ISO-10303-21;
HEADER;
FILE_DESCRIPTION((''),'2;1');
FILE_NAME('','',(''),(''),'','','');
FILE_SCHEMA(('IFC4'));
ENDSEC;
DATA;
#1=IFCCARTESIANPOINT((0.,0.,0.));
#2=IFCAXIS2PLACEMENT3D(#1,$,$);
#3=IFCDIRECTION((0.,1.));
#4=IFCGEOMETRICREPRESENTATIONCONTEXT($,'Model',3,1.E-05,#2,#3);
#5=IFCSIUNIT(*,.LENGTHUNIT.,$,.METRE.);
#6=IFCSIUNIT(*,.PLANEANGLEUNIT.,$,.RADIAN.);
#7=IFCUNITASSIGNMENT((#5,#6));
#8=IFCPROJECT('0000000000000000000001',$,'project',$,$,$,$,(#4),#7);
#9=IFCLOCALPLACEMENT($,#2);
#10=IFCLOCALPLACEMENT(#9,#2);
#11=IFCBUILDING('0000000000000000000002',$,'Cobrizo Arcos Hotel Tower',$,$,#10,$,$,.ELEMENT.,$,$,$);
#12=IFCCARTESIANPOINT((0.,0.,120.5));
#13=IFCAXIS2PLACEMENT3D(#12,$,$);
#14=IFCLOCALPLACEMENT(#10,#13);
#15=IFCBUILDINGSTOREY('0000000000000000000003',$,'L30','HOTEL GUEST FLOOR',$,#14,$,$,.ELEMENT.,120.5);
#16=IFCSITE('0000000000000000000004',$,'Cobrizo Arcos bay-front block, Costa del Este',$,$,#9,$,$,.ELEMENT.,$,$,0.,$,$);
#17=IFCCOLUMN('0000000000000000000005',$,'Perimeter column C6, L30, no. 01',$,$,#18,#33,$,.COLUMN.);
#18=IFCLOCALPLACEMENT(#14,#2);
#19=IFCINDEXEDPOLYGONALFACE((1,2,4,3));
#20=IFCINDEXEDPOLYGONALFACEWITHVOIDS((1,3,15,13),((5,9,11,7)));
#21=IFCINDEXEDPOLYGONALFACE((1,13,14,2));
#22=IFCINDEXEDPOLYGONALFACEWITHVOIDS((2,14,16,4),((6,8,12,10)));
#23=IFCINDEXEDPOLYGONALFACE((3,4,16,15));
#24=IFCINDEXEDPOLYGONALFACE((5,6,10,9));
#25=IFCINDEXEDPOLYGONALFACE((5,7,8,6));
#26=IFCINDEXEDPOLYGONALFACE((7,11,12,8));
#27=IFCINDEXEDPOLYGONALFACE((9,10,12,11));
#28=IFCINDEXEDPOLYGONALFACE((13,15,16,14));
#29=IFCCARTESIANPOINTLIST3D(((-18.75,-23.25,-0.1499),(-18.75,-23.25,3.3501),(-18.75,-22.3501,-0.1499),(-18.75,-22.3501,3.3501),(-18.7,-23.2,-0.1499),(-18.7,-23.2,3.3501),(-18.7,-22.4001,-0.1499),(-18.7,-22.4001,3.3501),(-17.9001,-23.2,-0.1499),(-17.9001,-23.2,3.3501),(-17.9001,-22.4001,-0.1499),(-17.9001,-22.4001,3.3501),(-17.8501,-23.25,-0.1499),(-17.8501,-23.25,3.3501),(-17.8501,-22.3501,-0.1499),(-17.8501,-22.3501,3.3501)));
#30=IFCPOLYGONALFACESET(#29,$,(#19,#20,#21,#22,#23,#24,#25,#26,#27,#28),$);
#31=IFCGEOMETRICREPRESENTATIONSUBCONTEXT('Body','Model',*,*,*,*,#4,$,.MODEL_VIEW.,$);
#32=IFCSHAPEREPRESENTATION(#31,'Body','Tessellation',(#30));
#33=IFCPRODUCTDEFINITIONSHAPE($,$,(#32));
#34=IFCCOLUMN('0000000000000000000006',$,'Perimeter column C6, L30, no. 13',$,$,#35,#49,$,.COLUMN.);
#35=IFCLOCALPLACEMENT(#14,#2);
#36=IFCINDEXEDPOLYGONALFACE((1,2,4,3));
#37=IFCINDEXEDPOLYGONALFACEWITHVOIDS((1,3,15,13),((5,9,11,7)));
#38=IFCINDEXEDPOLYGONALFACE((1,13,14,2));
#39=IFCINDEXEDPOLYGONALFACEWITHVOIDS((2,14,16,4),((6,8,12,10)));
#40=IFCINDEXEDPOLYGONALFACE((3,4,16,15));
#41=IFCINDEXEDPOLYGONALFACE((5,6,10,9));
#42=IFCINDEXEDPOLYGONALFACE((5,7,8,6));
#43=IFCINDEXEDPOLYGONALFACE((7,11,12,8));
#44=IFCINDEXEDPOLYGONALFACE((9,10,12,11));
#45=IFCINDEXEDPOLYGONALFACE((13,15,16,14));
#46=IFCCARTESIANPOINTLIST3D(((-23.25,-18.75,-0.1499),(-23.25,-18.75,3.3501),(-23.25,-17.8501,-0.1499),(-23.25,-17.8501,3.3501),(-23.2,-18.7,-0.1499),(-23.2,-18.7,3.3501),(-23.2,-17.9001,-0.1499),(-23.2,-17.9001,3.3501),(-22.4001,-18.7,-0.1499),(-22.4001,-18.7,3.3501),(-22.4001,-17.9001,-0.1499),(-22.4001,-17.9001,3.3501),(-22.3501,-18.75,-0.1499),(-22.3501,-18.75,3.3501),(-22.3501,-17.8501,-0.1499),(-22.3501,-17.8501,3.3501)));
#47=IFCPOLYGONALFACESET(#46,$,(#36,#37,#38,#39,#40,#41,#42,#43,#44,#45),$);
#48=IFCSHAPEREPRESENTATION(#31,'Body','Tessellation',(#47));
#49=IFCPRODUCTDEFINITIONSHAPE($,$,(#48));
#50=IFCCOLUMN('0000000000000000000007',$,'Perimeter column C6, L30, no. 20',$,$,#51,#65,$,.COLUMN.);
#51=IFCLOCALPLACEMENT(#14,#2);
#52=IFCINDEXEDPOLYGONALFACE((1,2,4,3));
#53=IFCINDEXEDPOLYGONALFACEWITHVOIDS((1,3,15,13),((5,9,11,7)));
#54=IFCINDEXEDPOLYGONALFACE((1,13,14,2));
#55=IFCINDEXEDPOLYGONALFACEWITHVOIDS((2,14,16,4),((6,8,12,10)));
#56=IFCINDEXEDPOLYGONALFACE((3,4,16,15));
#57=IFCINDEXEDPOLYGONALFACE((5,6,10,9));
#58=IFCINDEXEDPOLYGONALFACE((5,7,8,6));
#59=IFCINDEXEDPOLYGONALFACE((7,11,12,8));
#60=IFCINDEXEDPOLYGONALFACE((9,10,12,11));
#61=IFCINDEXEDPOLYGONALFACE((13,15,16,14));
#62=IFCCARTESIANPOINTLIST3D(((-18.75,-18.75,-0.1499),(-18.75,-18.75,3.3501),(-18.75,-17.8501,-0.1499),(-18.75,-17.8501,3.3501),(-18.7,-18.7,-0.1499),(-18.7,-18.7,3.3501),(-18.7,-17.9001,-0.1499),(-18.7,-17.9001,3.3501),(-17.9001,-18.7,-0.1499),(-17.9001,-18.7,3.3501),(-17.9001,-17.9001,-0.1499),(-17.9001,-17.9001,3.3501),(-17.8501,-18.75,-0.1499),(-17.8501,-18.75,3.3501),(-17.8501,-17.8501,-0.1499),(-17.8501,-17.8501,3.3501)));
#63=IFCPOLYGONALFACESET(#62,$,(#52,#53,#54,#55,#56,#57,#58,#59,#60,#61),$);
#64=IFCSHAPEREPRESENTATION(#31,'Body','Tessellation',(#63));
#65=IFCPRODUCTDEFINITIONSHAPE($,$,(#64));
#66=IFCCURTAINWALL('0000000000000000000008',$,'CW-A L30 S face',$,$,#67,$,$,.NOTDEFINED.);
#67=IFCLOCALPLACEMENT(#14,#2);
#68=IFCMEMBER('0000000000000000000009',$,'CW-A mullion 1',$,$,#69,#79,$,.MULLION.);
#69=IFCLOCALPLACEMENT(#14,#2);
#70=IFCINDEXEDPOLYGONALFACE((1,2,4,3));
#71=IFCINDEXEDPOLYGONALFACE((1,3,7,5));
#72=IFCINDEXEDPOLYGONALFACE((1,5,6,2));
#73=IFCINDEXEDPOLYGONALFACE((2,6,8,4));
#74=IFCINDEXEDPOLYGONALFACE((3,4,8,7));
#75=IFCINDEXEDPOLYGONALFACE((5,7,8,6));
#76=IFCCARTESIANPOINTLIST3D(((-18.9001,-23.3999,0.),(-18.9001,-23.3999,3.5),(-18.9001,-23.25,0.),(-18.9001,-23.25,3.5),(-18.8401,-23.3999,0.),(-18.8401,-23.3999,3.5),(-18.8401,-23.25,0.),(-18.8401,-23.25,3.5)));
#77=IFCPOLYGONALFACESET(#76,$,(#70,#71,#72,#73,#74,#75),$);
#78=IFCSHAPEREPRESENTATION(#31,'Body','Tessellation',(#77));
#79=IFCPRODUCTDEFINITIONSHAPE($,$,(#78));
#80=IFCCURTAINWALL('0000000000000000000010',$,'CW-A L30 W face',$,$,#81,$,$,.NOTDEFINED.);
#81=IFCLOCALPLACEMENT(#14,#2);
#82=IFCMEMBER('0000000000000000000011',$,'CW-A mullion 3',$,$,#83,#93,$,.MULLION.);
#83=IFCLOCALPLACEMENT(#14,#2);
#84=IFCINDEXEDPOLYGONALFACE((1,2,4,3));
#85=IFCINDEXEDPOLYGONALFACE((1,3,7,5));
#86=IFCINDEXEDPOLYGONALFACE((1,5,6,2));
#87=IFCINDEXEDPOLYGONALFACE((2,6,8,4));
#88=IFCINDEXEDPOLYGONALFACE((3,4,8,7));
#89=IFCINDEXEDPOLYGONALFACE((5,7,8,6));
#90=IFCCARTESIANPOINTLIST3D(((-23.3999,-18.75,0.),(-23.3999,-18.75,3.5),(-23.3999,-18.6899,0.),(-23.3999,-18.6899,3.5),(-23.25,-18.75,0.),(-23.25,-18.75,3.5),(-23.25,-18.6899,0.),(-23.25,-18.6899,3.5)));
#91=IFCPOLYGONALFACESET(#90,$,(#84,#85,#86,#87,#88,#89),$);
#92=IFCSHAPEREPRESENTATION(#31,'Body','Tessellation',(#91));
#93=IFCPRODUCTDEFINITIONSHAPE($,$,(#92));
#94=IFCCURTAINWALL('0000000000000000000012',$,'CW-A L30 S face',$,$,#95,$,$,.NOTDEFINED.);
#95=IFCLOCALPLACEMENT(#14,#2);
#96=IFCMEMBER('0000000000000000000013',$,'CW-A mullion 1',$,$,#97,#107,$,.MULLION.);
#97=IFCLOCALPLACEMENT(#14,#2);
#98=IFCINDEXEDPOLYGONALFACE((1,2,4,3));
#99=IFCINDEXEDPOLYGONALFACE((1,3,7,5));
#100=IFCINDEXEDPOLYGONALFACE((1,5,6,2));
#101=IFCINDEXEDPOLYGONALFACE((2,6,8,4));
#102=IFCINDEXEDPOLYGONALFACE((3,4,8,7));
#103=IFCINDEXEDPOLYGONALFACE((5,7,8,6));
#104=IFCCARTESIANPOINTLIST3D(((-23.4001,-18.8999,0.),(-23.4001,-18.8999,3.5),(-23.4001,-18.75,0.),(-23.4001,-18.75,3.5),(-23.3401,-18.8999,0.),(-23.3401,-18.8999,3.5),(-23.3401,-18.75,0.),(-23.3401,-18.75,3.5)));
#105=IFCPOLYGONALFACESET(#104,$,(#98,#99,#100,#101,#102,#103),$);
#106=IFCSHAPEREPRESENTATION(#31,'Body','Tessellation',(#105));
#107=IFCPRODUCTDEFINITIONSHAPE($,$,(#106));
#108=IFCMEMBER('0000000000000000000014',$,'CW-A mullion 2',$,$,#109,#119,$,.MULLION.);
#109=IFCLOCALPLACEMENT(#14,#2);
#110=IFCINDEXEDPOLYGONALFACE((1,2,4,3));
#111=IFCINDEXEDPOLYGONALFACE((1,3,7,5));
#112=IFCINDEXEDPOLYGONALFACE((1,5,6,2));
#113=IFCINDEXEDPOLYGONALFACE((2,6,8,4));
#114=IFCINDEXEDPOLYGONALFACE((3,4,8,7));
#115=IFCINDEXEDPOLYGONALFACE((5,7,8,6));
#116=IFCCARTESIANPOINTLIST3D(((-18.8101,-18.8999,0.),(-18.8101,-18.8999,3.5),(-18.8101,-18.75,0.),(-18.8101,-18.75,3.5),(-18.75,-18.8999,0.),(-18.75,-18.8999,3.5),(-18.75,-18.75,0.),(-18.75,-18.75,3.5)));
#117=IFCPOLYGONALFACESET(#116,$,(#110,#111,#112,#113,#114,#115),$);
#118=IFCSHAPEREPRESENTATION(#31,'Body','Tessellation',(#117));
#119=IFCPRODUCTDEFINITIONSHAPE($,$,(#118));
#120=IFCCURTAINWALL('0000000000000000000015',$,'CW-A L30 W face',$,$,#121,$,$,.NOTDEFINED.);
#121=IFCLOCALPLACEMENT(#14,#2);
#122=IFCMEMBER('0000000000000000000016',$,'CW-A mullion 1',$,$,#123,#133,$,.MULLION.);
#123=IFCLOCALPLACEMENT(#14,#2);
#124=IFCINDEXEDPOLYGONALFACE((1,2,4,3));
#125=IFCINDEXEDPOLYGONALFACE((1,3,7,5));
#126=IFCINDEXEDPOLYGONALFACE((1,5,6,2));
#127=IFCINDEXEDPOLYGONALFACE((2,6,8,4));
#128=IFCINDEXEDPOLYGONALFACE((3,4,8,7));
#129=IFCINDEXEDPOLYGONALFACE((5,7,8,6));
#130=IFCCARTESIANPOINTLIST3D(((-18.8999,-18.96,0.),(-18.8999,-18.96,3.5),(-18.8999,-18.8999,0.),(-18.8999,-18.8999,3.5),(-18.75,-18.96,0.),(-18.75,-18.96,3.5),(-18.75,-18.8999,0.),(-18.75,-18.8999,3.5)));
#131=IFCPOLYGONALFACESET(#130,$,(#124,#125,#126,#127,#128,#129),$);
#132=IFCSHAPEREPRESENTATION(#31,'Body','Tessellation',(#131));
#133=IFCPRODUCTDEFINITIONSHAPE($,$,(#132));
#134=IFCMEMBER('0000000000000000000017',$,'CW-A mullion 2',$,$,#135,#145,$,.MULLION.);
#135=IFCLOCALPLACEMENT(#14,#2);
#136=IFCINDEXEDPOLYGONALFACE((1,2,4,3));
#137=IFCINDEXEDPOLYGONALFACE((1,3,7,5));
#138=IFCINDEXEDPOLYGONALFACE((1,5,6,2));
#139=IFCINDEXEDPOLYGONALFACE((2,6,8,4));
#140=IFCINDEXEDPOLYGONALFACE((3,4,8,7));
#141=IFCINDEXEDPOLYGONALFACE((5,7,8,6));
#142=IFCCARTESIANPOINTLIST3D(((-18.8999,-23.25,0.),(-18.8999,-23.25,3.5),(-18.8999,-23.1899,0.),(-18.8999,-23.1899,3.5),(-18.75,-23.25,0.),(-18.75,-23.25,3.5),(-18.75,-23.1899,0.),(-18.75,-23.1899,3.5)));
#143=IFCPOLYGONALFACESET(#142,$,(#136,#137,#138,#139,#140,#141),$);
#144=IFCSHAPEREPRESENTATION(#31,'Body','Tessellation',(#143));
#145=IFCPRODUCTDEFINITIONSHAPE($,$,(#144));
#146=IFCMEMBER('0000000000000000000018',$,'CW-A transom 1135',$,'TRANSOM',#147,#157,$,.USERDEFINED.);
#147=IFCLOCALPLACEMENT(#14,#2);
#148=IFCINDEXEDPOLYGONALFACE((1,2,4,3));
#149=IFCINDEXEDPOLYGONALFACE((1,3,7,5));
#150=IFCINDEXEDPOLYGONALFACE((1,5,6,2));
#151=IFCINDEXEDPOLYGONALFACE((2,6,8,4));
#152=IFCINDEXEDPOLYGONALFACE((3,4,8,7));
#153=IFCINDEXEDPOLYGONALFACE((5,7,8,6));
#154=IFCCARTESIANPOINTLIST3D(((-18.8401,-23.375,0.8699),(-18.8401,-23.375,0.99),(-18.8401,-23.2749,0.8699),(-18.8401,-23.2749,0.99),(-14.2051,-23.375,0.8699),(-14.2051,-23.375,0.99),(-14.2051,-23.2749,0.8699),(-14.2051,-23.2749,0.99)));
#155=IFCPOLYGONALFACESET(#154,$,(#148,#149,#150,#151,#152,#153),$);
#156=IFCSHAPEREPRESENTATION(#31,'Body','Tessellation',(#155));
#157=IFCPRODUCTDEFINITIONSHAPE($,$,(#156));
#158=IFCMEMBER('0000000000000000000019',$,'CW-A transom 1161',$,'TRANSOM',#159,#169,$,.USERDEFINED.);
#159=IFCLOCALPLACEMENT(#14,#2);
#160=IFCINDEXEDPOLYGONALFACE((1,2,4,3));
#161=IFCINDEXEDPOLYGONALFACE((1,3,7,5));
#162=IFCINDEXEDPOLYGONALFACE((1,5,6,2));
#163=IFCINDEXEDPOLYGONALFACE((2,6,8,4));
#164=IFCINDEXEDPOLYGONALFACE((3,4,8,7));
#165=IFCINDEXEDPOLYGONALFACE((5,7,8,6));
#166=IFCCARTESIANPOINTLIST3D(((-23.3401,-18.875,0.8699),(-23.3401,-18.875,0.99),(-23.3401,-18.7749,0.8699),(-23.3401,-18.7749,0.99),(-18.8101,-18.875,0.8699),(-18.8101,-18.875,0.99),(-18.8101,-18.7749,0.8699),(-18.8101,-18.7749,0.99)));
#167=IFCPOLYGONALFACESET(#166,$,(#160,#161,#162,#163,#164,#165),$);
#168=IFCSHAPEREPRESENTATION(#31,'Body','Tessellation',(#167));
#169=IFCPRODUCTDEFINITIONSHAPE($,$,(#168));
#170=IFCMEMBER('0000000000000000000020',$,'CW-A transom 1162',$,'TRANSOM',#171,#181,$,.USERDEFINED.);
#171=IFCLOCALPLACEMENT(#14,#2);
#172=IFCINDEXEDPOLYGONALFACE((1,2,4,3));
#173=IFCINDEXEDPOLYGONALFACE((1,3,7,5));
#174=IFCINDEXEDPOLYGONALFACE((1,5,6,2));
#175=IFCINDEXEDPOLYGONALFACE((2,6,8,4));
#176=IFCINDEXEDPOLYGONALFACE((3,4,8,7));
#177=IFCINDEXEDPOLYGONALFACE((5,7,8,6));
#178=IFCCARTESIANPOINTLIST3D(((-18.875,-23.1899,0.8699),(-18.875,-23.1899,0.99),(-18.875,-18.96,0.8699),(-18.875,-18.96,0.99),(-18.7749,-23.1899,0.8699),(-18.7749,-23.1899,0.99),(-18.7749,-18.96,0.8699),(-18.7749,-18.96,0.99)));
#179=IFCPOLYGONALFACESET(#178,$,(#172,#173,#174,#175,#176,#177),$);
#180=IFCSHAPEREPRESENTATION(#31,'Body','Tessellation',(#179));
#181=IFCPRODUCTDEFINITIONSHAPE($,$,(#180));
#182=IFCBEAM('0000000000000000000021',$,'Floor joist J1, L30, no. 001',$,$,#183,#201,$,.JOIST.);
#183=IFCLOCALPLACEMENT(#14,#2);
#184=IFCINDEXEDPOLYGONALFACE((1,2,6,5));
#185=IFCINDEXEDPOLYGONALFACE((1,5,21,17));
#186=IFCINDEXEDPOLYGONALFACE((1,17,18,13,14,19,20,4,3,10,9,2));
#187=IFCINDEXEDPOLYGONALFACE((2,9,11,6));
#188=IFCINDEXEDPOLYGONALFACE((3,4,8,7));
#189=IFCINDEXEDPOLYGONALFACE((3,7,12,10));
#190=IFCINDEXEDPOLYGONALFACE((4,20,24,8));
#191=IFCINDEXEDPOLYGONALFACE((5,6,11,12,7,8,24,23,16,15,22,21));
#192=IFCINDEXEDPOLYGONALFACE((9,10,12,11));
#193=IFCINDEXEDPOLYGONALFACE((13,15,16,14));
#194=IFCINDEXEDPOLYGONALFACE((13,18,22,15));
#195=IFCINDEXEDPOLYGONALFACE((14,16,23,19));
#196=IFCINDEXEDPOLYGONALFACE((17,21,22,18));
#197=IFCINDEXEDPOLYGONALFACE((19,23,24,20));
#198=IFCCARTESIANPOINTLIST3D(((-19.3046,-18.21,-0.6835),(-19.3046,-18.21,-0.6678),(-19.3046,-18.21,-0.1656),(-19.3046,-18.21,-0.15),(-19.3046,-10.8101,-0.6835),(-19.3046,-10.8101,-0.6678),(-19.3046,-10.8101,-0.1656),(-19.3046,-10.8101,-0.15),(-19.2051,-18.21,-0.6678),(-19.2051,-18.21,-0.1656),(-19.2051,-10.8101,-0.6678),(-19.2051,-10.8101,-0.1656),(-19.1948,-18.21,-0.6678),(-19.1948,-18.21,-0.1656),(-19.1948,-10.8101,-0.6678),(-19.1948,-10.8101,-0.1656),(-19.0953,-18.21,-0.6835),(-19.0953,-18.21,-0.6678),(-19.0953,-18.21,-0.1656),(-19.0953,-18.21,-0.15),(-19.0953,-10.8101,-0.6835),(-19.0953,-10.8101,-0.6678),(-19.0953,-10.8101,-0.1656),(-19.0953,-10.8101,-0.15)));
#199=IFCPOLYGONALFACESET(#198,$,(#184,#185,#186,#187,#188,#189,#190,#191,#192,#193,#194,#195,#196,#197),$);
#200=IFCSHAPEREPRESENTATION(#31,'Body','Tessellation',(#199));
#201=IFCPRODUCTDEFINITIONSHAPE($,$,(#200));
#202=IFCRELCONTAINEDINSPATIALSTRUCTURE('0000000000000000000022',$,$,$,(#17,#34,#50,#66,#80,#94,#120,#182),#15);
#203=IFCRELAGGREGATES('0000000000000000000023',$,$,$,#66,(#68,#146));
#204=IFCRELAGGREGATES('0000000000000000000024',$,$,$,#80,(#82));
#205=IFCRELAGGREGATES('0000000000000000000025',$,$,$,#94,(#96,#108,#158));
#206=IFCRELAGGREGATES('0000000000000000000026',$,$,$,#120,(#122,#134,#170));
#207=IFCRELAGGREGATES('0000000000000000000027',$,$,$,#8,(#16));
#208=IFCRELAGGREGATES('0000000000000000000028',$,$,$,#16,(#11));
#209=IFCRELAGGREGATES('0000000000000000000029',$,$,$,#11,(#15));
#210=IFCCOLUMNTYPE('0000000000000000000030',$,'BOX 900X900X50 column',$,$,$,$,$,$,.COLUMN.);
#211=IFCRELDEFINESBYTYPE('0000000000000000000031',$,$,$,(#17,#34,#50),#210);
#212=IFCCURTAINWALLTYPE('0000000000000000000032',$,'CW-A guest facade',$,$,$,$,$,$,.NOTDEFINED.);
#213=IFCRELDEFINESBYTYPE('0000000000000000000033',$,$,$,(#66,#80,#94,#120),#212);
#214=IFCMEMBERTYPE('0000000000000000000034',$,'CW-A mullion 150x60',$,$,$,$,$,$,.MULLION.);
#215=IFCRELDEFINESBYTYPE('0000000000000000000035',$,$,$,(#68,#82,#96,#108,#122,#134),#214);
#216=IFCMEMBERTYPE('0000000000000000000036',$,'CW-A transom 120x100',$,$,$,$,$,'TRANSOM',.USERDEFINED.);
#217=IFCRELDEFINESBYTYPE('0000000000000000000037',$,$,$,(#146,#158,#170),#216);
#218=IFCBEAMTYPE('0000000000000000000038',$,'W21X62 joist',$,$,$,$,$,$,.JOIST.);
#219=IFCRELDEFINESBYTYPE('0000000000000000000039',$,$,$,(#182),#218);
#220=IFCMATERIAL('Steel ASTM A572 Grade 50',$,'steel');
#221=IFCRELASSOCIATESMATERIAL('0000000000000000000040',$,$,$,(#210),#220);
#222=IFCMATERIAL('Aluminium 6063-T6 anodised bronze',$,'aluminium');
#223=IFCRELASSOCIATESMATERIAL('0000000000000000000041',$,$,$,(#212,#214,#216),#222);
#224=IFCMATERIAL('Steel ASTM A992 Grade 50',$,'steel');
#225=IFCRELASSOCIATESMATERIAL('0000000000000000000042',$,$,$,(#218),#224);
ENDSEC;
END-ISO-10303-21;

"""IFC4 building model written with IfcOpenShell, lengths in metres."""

from ifc_helpers import new_model, si_unit, direction, frame, origin, origin_2d, place, context, subcontext, project, spatial, rectangle, hollow_rectangle, i_section, extrude, material, material_profile, profile_set, type_object, element, aggregate, save


model = new_model("IFC4")

# Units and contexts
model_context = context("Model", 3, precision=1e-05, world=origin(), true_north=direction((0.0, 1.0)))
body_context = subcontext(model_context, "Body", "Model", "MODEL_VIEW")
ifc_project = project(units=[si_unit("LENGTHUNIT", "METRE"), si_unit("PLANEANGLEUNIT", "RADIAN")], contexts=[model_context])

# Site, building, storey
site_placement = place(None, origin())
site = spatial("IfcSite", under=ifc_project, at=site_placement, Name="Cobrizo Arcos bay-front block, Costa del Este", CompositionType="ELEMENT", RefElevation=0.0)
building_placement = place(site_placement, origin())
building = spatial("IfcBuilding", under=site, at=building_placement, Name="Cobrizo Arcos Hotel Tower", CompositionType="ELEMENT")
storey_placement = place(building_placement, frame((0.0, 0.0, 120.5)))
storey = spatial("IfcBuildingStorey", under=building, at=storey_placement, Name="L30", Description="HOTEL GUEST FLOOR", CompositionType="ELEMENT", Elevation=120.5)

# Columns
ifc_material_1 = material(Name="Steel ASTM A572 Grade 50", Category="steel")
ifc_material_profile_1 = material_profile(ifc_material_1, hollow_rectangle(XDim=0.8999, YDim=0.8999, WallThickness=0.05, at=origin_2d()), Name="BOX 900X900X50")
ifc_profile_set_1 = profile_set([ifc_material_profile_1], Name="Steel ASTM A572 Grade 50")
column_type = type_object("IfcColumnType", Name="BOX 900X900X50 column", PredefinedType="COLUMN", material=ifc_profile_set_1)
for number, where, z_axis, x_axis, name in (
    (1, (-18.3, -22.8, -0.1499), (0.0, 0.0, 1.0), (1.0, 0.0, 0.0), "Perimeter column C6, L30, no. 01"),
    (2, (-22.8, -18.3, -0.1499), (0.0, 0.0, 1.0), (1.0, 0.0, 0.0), "Perimeter column C6, L30, no. 13"),
    (3, (-18.3, -18.3, -0.1499), (0.0, 0.0, 1.0), (1.0, 0.0, 0.0), "Perimeter column C6, L30, no. 20"),
):
    element("IfcColumn", number, at=place(storey_placement, frame(where, z_axis=z_axis, x_axis=x_axis)), inside=storey, type_object=column_type, Name=name, PredefinedType="COLUMN", context=body_context, shape_type="SweptSolid", body=[
        extrude(hollow_rectangle(XDim=0.8999, YDim=0.8999, WallThickness=0.05, at=origin_2d()), origin(), (0.0, 0.0, 1.0), 3.5),
    ])

# Curtain walls, members
ifc_material_2 = material(Name="Aluminium 6063-T6 anodised bronze", Category="aluminium")
curtain_wall_type = type_object("IfcCurtainWallType", Name="CW-A guest facade", PredefinedType="NOTDEFINED", material=ifc_material_2)
curtain_wall_1_placement = place(storey_placement, origin())
curtain_wall_1 = element("IfcCurtainWall", 4, at=curtain_wall_1_placement, inside=storey, type_object=curtain_wall_type, Name="CW-A L30 S face", PredefinedType="NOTDEFINED")
ifc_material_profile_2 = material_profile(ifc_material_2, rectangle(XDim=0.1499, YDim=0.0601, at=origin_2d()), Name="CW-A mullion 150x60")
ifc_profile_set_2 = profile_set([ifc_material_profile_2], Name="Aluminium 6063-T6 anodised bronze")
member_type_1 = type_object("IfcMemberType", Name="CW-A mullion 150x60", PredefinedType="MULLION", material=ifc_profile_set_2)
member_1_placement = place(storey_placement, frame((-18.8701, -23.325, 0.0), z_axis=(0.0, 0.0, 1.0), x_axis=(0.0, -1.0, 0.0)))
member_1 = element("IfcMember", 5, at=member_1_placement, type_object=member_type_1, Name="CW-A mullion 1", PredefinedType="MULLION", context=body_context, shape_type="SweptSolid", body=[
    extrude(rectangle(XDim=0.1499, YDim=0.0601, at=origin_2d()), origin(), (0.0, 0.0, 1.0), 3.5),
])
curtain_wall_2_placement = place(storey_placement, origin())
curtain_wall_2 = element("IfcCurtainWall", 6, at=curtain_wall_2_placement, inside=storey, type_object=curtain_wall_type, Name="CW-A L30 W face", PredefinedType="NOTDEFINED")
member_2_placement = place(storey_placement, frame((-23.325, -18.72, 0.0), z_axis=(0.0, 0.0, 1.0), x_axis=(-1.0, 0.0, 0.0)))
member_2 = element("IfcMember", 7, at=member_2_placement, type_object=member_type_1, Name="CW-A mullion 3", PredefinedType="MULLION", context=body_context, shape_type="SweptSolid", body=[
    extrude(rectangle(XDim=0.1499, YDim=0.0601, at=origin_2d()), origin(), (0.0, 0.0, 1.0), 3.5),
])

# Curtain walls, members
curtain_wall_3_placement = place(storey_placement, origin())
curtain_wall_3 = element("IfcCurtainWall", 8, at=curtain_wall_3_placement, inside=storey, type_object=curtain_wall_type, Name="CW-A L30 S face", PredefinedType="NOTDEFINED")
member_3_placement = place(storey_placement, frame((-23.3701, -18.825, 0.0), z_axis=(0.0, 0.0, 1.0), x_axis=(0.0, -1.0, 0.0)))
member_3 = element("IfcMember", 9, at=member_3_placement, type_object=member_type_1, Name="CW-A mullion 1", PredefinedType="MULLION", context=body_context, shape_type="SweptSolid", body=[
    extrude(rectangle(XDim=0.1499, YDim=0.0601, at=origin_2d()), origin(), (0.0, 0.0, 1.0), 3.5),
])
member_4_placement = place(storey_placement, frame((-18.78, -18.825, 0.0), z_axis=(0.0, 0.0, 1.0), x_axis=(0.0, -1.0, 0.0)))
member_4 = element("IfcMember", 10, at=member_4_placement, type_object=member_type_1, Name="CW-A mullion 2", PredefinedType="MULLION", context=body_context, shape_type="SweptSolid", body=[
    extrude(rectangle(XDim=0.1499, YDim=0.0601, at=origin_2d()), origin(), (0.0, 0.0, 1.0), 3.5),
])
curtain_wall_4_placement = place(storey_placement, origin())
curtain_wall_4 = element("IfcCurtainWall", 11, at=curtain_wall_4_placement, inside=storey, type_object=curtain_wall_type, Name="CW-A L30 W face", PredefinedType="NOTDEFINED")
member_5_placement = place(storey_placement, frame((-18.825, -18.9299, 0.0), z_axis=(0.0, 0.0, 1.0), x_axis=(-1.0, 0.0, 0.0)))
member_5 = element("IfcMember", 12, at=member_5_placement, type_object=member_type_1, Name="CW-A mullion 1", PredefinedType="MULLION", context=body_context, shape_type="SweptSolid", body=[
    extrude(rectangle(XDim=0.1499, YDim=0.0601, at=origin_2d()), origin(), (0.0, 0.0, 1.0), 3.5),
])
member_6_placement = place(storey_placement, frame((-18.825, -23.22, 0.0), z_axis=(0.0, 0.0, 1.0), x_axis=(-1.0, 0.0, 0.0)))
member_6 = element("IfcMember", 13, at=member_6_placement, type_object=member_type_1, Name="CW-A mullion 2", PredefinedType="MULLION", context=body_context, shape_type="SweptSolid", body=[
    extrude(rectangle(XDim=0.1499, YDim=0.0601, at=origin_2d()), origin(), (0.0, 0.0, 1.0), 3.5),
])

# Members
ifc_material_profile_3 = material_profile(ifc_material_2, rectangle(XDim=0.1001, YDim=0.1201, at=origin_2d()), Name="CW-A transom 120x100")
ifc_profile_set_3 = profile_set([ifc_material_profile_3], Name="Aluminium 6063-T6 anodised bronze")
member_type_2 = type_object("IfcMemberType", Name="CW-A transom 120x100", ElementType="TRANSOM", PredefinedType="USERDEFINED", material=ifc_profile_set_3)
member_7_placement = place(storey_placement, frame((-18.8401, -23.325, 0.9299), z_axis=(1.0, 0.0, 0.0), x_axis=(0.0, 1.0, 0.0)))
member_7 = element("IfcMember", 14, at=member_7_placement, type_object=member_type_2, Name="CW-A transom 1135", ObjectType="TRANSOM", PredefinedType="USERDEFINED", context=body_context, shape_type="SweptSolid", body=[
    extrude(rectangle(XDim=0.1001, YDim=0.1201, at=origin_2d()), origin(), (0.0, 0.0, 1.0), 4.635),
])
member_8_placement = place(storey_placement, frame((-23.3401, -18.825, 0.9299), z_axis=(1.0, 0.0, 0.0), x_axis=(0.0, 1.0, 0.0)))
member_8 = element("IfcMember", 15, at=member_8_placement, type_object=member_type_2, Name="CW-A transom 1161", ObjectType="TRANSOM", PredefinedType="USERDEFINED", context=body_context, shape_type="SweptSolid", body=[
    extrude(rectangle(XDim=0.1001, YDim=0.1201, at=origin_2d()), origin(), (0.0, 0.0, 1.0), 4.53),
])
member_9_placement = place(storey_placement, frame((-18.825, -18.96, 0.9299), z_axis=(0.0, -1.0, 0.0), x_axis=(1.0, 0.0, 0.0)))
member_9 = element("IfcMember", 16, at=member_9_placement, type_object=member_type_2, Name="CW-A transom 1162", ObjectType="TRANSOM", PredefinedType="USERDEFINED", context=body_context, shape_type="SweptSolid", body=[
    extrude(rectangle(XDim=0.1001, YDim=0.1201, at=origin_2d()), origin(), (0.0, 0.0, 1.0), 4.23),
])

# Beam
ifc_material_3 = material(Name="Steel ASTM A992 Grade 50", Category="steel")
ifc_material_profile_4 = material_profile(ifc_material_3, i_section(OverallWidth=0.2092, OverallDepth=0.5334, WebThickness=0.0103, FlangeThickness=0.0156, at=origin_2d()), Name="W21X62")
ifc_profile_set_4 = profile_set([ifc_material_profile_4], Name="Steel ASTM A992 Grade 50")
beam_type_1 = type_object("IfcBeamType", Name="W21X62 joist", PredefinedType="JOIST", material=ifc_profile_set_4)
beam_1_placement = place(storey_placement, frame((-19.2, -18.21, -0.4167), z_axis=(0.0, 1.0, 0.0), x_axis=(-1.0, 0.0, 0.0)))
element("IfcBeam", 17, at=beam_1_placement, inside=storey, type_object=beam_type_1, Name="Floor joist J1, L30, no. 001", PredefinedType="JOIST", context=body_context, shape_type="SweptSolid", body=[
    extrude(i_section(OverallWidth=0.2092, OverallDepth=0.5334, WebThickness=0.0103, FlangeThickness=0.0156, at=origin_2d()), origin(), (0.0, 0.0, 1.0), 7.3999),
])

aggregate(curtain_wall_1, [member_1, member_7])
aggregate(curtain_wall_2, [member_2])
aggregate(curtain_wall_3, [member_3, member_4, member_8])
aggregate(curtain_wall_4, [member_5, member_6, member_9])

save(model, "model.ifc")
